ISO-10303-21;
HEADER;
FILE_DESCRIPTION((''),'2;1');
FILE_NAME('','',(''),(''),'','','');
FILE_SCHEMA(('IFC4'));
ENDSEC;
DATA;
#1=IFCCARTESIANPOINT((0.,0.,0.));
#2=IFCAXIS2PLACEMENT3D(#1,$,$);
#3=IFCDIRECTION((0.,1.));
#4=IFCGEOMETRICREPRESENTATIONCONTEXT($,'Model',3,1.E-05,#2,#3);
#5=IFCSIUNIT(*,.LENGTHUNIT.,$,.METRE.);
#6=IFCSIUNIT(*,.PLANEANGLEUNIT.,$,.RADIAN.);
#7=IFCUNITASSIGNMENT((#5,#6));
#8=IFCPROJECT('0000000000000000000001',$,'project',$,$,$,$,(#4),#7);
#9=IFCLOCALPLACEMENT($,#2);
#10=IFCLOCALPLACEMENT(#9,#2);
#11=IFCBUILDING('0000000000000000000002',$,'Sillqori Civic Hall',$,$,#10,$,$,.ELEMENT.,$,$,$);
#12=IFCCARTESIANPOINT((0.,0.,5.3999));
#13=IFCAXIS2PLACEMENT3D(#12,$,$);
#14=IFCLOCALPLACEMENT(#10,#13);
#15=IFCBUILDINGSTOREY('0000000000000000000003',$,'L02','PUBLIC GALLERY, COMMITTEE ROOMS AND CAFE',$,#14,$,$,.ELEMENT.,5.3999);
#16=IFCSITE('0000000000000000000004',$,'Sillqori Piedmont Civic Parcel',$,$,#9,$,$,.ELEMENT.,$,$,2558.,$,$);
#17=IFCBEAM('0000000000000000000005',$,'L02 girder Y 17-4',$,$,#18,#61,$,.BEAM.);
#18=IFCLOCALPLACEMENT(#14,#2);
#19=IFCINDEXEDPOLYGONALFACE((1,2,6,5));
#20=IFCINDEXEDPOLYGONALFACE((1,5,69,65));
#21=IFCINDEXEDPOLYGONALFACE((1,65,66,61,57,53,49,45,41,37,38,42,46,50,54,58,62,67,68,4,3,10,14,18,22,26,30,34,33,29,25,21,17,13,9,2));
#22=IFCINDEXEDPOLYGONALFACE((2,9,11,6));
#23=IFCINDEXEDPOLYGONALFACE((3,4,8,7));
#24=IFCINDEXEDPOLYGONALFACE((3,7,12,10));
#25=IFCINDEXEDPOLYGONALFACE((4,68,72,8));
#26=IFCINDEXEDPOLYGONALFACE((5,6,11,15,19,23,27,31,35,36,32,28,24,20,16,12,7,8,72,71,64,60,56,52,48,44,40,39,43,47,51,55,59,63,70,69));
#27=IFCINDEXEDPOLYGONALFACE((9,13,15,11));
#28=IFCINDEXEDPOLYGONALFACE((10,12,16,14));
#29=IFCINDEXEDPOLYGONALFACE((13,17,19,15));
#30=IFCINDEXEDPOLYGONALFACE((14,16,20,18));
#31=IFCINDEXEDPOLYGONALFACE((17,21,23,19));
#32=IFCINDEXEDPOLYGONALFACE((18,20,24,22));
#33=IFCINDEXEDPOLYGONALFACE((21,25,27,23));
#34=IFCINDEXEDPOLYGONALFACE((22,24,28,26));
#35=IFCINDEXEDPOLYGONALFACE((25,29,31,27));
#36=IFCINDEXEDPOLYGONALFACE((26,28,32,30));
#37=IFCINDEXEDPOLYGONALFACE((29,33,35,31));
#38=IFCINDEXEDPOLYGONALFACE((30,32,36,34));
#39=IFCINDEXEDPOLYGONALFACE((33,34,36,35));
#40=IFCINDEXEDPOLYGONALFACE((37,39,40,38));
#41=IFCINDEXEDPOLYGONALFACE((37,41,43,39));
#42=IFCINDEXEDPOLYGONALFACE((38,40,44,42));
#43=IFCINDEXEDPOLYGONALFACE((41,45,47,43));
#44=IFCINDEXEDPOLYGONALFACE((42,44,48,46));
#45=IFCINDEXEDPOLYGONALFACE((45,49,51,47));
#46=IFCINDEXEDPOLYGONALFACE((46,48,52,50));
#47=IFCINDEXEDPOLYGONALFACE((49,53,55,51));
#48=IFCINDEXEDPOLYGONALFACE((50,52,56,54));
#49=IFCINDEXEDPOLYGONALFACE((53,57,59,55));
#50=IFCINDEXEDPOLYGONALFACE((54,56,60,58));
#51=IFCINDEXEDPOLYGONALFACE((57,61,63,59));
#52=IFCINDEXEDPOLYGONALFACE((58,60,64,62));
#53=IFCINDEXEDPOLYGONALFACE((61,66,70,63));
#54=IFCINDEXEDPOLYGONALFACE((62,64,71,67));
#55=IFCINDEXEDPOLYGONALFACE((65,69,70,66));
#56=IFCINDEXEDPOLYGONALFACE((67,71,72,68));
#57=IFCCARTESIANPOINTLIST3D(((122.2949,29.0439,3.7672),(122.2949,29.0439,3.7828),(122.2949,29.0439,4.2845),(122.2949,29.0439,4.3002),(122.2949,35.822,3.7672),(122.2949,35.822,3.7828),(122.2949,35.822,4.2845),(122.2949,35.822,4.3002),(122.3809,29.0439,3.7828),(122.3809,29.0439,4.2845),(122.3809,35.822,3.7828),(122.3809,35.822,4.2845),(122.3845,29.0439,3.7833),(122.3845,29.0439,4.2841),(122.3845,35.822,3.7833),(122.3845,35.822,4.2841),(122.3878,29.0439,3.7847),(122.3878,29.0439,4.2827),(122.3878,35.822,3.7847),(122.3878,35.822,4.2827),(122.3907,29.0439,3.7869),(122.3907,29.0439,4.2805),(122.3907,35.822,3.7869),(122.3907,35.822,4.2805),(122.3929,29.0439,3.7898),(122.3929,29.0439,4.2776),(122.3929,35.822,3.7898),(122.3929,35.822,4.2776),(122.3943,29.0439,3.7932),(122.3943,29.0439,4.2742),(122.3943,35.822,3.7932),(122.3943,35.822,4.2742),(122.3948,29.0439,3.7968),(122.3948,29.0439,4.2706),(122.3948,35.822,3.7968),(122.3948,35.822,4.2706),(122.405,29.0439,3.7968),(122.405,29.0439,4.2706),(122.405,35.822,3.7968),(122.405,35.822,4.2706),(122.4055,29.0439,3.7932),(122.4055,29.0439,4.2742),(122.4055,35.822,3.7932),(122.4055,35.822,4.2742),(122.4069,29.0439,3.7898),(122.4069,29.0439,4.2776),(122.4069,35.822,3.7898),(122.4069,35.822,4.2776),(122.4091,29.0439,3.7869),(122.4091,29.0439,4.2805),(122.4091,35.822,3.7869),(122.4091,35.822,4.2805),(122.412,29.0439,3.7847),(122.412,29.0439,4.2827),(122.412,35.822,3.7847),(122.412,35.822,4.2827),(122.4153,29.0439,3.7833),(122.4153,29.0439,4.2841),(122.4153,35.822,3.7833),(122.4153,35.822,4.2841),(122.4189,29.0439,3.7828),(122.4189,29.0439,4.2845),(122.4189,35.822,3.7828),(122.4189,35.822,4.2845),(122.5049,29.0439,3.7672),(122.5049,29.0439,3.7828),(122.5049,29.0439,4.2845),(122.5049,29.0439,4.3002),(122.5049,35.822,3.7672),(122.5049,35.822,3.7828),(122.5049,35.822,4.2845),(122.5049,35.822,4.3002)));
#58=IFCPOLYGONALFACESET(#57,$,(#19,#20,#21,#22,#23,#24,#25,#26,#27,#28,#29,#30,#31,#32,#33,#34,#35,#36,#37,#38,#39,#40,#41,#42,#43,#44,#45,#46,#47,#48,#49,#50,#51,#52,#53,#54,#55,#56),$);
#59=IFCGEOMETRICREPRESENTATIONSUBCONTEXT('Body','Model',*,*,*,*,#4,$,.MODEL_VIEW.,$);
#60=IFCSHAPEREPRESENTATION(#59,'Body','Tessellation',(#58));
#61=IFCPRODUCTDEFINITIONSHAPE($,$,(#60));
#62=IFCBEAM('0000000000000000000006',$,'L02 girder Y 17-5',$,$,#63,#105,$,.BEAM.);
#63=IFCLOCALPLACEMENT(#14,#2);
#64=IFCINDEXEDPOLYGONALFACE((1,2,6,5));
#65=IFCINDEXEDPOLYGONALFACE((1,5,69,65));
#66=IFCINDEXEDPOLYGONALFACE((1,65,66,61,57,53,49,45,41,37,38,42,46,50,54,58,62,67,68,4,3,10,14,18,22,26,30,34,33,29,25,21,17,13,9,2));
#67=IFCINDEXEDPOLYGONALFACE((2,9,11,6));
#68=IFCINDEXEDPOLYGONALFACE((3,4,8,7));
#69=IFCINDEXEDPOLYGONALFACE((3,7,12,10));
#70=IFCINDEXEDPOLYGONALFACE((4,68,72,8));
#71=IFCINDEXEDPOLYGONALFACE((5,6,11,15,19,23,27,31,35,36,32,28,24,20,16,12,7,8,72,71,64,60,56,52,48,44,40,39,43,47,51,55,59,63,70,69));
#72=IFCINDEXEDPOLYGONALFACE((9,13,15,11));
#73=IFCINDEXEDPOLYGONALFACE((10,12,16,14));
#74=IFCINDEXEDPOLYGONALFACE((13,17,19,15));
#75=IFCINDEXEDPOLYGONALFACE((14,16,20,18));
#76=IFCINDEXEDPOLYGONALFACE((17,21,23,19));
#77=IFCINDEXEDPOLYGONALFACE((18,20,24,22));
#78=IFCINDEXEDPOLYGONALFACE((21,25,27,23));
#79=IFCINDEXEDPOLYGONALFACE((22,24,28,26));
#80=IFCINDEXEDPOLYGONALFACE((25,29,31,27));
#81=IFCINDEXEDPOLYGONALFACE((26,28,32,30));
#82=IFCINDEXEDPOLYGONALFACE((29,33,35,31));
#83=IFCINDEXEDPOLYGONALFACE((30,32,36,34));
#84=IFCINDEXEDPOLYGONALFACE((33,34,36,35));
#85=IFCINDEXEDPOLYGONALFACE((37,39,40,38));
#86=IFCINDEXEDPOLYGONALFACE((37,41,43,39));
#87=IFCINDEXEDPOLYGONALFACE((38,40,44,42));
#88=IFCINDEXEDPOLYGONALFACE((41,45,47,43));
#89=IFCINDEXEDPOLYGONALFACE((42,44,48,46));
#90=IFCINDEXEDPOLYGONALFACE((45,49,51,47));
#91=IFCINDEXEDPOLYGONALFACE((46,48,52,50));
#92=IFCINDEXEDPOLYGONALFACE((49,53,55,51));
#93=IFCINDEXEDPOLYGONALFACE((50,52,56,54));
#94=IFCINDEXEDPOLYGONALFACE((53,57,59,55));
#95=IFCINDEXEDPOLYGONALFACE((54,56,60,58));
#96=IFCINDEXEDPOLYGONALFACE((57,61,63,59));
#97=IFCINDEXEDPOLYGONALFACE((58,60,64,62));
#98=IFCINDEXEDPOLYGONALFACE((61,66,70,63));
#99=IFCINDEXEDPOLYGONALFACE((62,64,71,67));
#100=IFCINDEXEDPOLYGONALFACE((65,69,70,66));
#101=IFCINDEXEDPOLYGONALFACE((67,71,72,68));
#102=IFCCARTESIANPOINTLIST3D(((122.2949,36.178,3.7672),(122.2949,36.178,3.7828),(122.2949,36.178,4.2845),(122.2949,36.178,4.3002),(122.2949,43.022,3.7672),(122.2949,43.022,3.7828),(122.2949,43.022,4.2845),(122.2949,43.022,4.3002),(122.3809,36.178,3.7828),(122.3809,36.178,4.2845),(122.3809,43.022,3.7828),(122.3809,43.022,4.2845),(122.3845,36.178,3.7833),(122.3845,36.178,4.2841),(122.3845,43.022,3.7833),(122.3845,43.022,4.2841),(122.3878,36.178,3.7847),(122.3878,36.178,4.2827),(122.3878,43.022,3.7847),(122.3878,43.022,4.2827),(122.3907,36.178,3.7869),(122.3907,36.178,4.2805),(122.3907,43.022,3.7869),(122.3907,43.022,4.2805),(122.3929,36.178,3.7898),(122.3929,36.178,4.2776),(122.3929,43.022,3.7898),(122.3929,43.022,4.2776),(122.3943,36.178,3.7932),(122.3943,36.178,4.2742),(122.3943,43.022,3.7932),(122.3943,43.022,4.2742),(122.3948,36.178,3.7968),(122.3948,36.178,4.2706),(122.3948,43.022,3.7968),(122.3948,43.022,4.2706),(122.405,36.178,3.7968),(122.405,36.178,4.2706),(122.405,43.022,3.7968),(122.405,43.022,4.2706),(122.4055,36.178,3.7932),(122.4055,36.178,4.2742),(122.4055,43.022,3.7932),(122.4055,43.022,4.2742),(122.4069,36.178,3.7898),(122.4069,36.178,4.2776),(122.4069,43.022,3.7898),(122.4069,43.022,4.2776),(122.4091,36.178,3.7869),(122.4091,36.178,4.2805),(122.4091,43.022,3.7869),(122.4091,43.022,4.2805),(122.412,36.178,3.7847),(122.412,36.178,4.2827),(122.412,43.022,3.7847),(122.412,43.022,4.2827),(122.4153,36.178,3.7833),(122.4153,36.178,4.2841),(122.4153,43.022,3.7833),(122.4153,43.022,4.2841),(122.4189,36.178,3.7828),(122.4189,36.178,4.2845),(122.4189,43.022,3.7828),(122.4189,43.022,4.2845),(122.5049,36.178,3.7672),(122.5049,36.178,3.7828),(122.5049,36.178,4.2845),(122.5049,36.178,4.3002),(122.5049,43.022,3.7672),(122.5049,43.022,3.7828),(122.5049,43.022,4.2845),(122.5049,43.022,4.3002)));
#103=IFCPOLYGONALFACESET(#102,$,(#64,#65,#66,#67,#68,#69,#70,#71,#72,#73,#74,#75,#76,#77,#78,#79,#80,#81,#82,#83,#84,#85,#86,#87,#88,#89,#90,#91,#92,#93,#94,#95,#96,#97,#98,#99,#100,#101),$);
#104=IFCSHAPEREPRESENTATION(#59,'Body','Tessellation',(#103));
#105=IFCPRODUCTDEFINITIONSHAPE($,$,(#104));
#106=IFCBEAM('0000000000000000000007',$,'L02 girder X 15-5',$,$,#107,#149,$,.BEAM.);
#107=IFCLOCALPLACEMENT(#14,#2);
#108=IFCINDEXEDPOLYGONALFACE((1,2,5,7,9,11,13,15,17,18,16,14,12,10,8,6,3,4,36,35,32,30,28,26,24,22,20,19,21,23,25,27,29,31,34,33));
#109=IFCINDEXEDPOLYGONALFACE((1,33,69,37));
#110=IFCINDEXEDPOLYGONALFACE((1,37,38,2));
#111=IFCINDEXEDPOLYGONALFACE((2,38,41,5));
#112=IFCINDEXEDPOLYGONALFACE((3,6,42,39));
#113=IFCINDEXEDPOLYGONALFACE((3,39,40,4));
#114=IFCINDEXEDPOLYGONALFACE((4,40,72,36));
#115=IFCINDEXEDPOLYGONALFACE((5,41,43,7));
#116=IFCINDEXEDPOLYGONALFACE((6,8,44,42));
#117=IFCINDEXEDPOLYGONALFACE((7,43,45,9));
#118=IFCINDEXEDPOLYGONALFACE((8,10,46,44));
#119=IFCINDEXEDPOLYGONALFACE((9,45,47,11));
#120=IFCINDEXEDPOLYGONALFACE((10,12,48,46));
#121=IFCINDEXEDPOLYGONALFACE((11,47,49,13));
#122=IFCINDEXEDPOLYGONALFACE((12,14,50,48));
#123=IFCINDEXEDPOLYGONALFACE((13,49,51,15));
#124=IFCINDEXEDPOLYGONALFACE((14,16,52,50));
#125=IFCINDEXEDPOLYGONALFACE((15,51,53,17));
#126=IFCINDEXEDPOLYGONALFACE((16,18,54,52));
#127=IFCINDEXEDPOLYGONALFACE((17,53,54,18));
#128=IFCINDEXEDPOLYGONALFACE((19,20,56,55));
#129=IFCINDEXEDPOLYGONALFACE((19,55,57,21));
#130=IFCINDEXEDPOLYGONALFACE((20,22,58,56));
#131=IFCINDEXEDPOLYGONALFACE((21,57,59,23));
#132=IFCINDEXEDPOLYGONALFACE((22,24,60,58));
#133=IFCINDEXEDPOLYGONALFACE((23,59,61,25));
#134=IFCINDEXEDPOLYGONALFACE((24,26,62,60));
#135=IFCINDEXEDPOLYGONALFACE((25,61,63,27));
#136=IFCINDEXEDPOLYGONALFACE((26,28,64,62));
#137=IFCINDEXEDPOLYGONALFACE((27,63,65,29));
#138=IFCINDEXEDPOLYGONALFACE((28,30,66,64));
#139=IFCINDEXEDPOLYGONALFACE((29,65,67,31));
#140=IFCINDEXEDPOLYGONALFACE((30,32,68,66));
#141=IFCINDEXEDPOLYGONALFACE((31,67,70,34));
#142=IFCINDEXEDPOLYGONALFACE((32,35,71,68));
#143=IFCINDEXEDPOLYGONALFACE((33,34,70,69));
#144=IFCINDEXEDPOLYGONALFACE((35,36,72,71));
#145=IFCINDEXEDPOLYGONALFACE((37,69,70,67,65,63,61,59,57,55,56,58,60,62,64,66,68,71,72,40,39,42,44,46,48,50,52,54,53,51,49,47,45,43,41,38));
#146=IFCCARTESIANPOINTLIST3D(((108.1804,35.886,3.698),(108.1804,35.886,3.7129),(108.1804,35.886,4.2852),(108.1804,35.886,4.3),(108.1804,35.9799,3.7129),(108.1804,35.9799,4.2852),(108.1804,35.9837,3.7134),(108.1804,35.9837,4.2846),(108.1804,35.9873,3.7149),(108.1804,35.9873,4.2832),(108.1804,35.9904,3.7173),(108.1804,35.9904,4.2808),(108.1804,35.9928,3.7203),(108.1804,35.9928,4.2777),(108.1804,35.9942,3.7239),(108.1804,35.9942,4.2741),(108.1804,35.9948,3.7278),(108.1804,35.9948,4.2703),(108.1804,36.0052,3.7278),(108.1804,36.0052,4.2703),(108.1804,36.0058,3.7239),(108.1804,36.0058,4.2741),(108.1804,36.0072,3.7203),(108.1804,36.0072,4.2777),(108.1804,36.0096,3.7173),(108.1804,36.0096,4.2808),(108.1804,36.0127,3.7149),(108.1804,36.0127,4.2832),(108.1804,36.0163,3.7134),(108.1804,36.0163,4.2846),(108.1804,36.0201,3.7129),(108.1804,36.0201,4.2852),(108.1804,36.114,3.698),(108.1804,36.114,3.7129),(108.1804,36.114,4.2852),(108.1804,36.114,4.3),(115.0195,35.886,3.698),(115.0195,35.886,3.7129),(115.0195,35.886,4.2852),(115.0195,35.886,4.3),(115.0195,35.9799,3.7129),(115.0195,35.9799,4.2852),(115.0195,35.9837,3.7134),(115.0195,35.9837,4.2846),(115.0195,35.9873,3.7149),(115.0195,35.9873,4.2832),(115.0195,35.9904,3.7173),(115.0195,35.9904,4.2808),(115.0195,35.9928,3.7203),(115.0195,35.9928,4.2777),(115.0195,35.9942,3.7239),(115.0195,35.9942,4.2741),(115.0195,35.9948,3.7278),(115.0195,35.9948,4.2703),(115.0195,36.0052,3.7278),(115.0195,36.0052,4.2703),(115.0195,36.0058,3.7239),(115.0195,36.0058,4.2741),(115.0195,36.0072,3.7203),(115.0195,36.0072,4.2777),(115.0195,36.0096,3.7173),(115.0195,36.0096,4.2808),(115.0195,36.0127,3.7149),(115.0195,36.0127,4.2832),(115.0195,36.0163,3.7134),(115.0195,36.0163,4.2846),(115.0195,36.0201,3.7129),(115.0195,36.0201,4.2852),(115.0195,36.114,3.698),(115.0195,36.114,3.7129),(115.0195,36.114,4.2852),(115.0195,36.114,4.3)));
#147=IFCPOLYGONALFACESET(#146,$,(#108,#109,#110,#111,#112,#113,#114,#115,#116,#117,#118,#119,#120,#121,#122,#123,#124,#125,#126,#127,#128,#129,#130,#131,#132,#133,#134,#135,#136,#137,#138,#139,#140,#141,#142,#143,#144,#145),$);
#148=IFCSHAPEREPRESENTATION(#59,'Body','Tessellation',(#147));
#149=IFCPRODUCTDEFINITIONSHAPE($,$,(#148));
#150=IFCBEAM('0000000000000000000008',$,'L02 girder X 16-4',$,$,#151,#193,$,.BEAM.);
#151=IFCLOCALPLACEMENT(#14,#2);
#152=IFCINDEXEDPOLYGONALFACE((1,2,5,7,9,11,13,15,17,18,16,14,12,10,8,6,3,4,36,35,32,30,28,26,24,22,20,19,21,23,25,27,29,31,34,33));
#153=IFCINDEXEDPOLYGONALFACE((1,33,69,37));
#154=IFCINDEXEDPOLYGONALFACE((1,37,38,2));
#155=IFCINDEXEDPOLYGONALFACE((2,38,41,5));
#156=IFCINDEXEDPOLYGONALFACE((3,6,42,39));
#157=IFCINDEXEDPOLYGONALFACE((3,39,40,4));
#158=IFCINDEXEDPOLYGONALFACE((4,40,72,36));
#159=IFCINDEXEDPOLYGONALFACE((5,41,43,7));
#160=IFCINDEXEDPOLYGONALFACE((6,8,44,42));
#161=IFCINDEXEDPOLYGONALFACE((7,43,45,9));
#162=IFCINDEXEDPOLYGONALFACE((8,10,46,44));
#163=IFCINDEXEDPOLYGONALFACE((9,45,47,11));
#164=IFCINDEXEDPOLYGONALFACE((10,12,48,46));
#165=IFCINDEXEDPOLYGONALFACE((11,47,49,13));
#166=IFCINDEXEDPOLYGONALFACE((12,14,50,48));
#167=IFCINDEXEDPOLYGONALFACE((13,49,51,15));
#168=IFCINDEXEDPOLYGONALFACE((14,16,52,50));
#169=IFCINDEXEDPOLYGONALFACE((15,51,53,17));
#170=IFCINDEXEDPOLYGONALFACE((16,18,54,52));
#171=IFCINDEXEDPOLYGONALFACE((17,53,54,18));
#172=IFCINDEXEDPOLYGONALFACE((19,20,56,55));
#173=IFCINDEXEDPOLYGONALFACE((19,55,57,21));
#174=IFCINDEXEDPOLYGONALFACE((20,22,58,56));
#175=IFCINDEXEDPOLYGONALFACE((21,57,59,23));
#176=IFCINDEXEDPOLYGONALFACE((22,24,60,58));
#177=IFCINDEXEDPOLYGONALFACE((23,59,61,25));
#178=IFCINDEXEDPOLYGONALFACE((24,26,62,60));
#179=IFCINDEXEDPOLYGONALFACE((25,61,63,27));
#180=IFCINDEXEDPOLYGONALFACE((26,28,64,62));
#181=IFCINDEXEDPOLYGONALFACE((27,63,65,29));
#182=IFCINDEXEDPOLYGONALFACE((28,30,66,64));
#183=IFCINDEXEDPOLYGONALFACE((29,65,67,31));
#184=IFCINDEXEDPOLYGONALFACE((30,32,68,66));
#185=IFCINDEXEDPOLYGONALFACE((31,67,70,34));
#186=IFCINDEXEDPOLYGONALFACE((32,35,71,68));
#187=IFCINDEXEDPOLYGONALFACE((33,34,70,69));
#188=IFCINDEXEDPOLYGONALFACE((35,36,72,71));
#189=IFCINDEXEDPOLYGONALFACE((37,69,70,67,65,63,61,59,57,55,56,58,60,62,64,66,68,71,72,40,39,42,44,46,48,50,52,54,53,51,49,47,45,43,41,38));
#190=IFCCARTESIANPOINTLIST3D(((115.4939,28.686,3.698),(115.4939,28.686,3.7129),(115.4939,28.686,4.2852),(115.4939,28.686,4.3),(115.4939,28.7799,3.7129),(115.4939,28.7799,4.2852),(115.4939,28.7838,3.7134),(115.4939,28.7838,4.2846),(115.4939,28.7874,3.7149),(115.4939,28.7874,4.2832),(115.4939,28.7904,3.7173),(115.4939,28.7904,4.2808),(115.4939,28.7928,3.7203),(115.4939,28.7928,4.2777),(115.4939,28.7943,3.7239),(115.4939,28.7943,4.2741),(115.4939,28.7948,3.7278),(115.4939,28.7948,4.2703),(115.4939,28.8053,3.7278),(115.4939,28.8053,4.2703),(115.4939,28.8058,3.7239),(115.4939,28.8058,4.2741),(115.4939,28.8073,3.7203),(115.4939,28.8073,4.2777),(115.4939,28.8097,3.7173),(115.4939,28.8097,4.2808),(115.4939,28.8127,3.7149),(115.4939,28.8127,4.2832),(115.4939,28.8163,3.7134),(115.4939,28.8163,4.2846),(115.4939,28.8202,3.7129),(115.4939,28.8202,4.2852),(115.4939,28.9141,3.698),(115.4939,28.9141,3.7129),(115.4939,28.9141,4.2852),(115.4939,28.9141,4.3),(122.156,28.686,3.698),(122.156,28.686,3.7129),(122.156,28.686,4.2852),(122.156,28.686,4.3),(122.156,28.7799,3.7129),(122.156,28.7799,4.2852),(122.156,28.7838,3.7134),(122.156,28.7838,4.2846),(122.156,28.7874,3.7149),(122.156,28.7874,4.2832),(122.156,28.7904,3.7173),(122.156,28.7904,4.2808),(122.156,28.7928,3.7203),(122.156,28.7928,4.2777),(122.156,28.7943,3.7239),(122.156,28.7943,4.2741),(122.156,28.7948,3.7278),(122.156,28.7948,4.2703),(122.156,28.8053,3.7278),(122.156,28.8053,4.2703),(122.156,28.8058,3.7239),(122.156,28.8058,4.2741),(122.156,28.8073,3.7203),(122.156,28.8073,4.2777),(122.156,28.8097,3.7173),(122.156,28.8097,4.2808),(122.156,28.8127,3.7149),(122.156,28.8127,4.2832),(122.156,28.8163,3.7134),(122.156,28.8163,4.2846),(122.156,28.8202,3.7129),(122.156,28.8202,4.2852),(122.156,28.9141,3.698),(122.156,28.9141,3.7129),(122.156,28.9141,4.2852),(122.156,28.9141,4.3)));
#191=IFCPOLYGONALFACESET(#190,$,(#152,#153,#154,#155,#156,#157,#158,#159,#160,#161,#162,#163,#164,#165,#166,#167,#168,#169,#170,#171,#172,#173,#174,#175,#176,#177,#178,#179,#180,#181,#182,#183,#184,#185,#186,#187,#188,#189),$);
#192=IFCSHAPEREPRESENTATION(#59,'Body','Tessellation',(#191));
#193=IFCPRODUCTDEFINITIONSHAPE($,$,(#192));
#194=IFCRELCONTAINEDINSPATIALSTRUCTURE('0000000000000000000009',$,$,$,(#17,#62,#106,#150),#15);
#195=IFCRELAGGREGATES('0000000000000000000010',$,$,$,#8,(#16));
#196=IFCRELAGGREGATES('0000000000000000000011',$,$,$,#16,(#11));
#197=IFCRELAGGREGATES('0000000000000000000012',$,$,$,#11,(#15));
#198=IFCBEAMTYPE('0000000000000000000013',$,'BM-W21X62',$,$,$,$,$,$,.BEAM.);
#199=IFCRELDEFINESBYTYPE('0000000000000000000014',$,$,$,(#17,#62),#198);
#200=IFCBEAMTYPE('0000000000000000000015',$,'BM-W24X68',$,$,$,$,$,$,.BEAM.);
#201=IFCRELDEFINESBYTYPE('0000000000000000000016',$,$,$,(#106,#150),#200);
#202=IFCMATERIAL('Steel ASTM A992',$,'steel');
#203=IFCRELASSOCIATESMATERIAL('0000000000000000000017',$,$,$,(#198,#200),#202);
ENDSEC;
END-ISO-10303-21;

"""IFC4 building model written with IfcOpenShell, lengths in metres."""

from ifc_helpers import new_model, si_unit, direction, frame, origin, origin_2d, place, context, subcontext, project, spatial, i_section, extrude, material, material_profile, profile_set, type_object, element, save


model = new_model("IFC4")

# Units and contexts
model_context = context("Model", 3, precision=1e-05, world=origin(), true_north=direction((0.0, 1.0)))
body_context = subcontext(model_context, "Body", "Model", "MODEL_VIEW")
ifc_project = project(units=[si_unit("LENGTHUNIT", "METRE"), si_unit("PLANEANGLEUNIT", "RADIAN")], contexts=[model_context])

# Site, building, storey
site_placement = place(None, origin())
site = spatial("IfcSite", under=ifc_project, at=site_placement, Name="Sillqori Piedmont Civic Parcel", CompositionType="ELEMENT", RefElevation=2558.0)
building_placement = place(site_placement, origin())
building = spatial("IfcBuilding", under=site, at=building_placement, Name="Sillqori Civic Hall", CompositionType="ELEMENT")
storey_placement = place(building_placement, frame((0.0, 0.0, 5.3999)))
storey = spatial("IfcBuildingStorey", under=building, at=storey_placement, Name="L02", Description="PUBLIC GALLERY, COMMITTEE ROOMS AND CAFE", CompositionType="ELEMENT", Elevation=5.3999)

# Shared definitions
ifc_material_1 = material(Name="Steel ASTM A992", Category="steel")

# Beams
ifc_material_profile_1 = material_profile(ifc_material_1, i_section(OverallWidth=0.21, OverallDepth=0.533, WebThickness=0.0103, FlangeThickness=0.0156, FilletRadius=0.0139, at=origin_2d()), Name="W21X62")
ifc_profile_set_1 = profile_set([ifc_material_profile_1], Name="Steel ASTM A992")
beam_type_1 = type_object("IfcBeamType", Name="BM-W21X62", PredefinedType="BEAM", material=ifc_profile_set_1)
beam_1_placement = place(storey_placement, frame((122.3999, 29.0439, 4.0337), z_axis=(0.0, 1.0, 0.0), x_axis=(-1.0, 0.0, 0.0)))
element("IfcBeam", 1, at=beam_1_placement, inside=storey, type_object=beam_type_1, Name="L02 girder Y 17-4", PredefinedType="BEAM", context=body_context, shape_type="SweptSolid", body=[
    extrude(i_section(OverallWidth=0.21, OverallDepth=0.533, WebThickness=0.0103, FlangeThickness=0.0156, FilletRadius=0.0139, at=origin_2d()), origin(), (0.0, 0.0, 1.0), 6.7781),
])
beam_2_placement = place(storey_placement, frame((122.3999, 36.178, 4.0337), z_axis=(0.0, 1.0, 0.0), x_axis=(-1.0, 0.0, 0.0)))
element("IfcBeam", 2, at=beam_2_placement, inside=storey, type_object=beam_type_1, Name="L02 girder Y 17-5", PredefinedType="BEAM", context=body_context, shape_type="SweptSolid", body=[
    extrude(i_section(OverallWidth=0.21, OverallDepth=0.533, WebThickness=0.0103, FlangeThickness=0.0156, FilletRadius=0.0139, at=origin_2d()), origin(), (0.0, 0.0, 1.0), 6.844),
])
ifc_material_profile_2 = material_profile(ifc_material_1, i_section(OverallWidth=0.228, OverallDepth=0.6021, WebThickness=0.0105, FlangeThickness=0.0149, FilletRadius=0.0149, at=origin_2d()), Name="W24X68")
ifc_profile_set_2 = profile_set([ifc_material_profile_2], Name="Steel ASTM A992")
beam_type_2 = type_object("IfcBeamType", Name="BM-W24X68", PredefinedType="BEAM", material=ifc_profile_set_2)
beam_3_placement = place(storey_placement, frame((108.1804, 36.0, 3.999), z_axis=(1.0, 0.0, 0.0), x_axis=(0.0, 1.0, 0.0)))
element("IfcBeam", 3, at=beam_3_placement, inside=storey, type_object=beam_type_2, Name="L02 girder X 15-5", PredefinedType="BEAM", context=body_context, shape_type="SweptSolid", body=[
    extrude(i_section(OverallWidth=0.228, OverallDepth=0.6021, WebThickness=0.0105, FlangeThickness=0.0149, FilletRadius=0.0149, at=origin_2d()), origin(), (0.0, 0.0, 1.0), 6.8391),
])
beam_4_placement = place(storey_placement, frame((115.4939, 28.8, 3.999), z_axis=(1.0, 0.0, 0.0), x_axis=(0.0, 1.0, 0.0)))
element("IfcBeam", 4, at=beam_4_placement, inside=storey, type_object=beam_type_2, Name="L02 girder X 16-4", PredefinedType="BEAM", context=body_context, shape_type="SweptSolid", body=[
    extrude(i_section(OverallWidth=0.228, OverallDepth=0.6021, WebThickness=0.0105, FlangeThickness=0.0149, FilletRadius=0.0149, at=origin_2d()), origin(), (0.0, 0.0, 1.0), 6.6621),
])

save(model, "model.ifc")
